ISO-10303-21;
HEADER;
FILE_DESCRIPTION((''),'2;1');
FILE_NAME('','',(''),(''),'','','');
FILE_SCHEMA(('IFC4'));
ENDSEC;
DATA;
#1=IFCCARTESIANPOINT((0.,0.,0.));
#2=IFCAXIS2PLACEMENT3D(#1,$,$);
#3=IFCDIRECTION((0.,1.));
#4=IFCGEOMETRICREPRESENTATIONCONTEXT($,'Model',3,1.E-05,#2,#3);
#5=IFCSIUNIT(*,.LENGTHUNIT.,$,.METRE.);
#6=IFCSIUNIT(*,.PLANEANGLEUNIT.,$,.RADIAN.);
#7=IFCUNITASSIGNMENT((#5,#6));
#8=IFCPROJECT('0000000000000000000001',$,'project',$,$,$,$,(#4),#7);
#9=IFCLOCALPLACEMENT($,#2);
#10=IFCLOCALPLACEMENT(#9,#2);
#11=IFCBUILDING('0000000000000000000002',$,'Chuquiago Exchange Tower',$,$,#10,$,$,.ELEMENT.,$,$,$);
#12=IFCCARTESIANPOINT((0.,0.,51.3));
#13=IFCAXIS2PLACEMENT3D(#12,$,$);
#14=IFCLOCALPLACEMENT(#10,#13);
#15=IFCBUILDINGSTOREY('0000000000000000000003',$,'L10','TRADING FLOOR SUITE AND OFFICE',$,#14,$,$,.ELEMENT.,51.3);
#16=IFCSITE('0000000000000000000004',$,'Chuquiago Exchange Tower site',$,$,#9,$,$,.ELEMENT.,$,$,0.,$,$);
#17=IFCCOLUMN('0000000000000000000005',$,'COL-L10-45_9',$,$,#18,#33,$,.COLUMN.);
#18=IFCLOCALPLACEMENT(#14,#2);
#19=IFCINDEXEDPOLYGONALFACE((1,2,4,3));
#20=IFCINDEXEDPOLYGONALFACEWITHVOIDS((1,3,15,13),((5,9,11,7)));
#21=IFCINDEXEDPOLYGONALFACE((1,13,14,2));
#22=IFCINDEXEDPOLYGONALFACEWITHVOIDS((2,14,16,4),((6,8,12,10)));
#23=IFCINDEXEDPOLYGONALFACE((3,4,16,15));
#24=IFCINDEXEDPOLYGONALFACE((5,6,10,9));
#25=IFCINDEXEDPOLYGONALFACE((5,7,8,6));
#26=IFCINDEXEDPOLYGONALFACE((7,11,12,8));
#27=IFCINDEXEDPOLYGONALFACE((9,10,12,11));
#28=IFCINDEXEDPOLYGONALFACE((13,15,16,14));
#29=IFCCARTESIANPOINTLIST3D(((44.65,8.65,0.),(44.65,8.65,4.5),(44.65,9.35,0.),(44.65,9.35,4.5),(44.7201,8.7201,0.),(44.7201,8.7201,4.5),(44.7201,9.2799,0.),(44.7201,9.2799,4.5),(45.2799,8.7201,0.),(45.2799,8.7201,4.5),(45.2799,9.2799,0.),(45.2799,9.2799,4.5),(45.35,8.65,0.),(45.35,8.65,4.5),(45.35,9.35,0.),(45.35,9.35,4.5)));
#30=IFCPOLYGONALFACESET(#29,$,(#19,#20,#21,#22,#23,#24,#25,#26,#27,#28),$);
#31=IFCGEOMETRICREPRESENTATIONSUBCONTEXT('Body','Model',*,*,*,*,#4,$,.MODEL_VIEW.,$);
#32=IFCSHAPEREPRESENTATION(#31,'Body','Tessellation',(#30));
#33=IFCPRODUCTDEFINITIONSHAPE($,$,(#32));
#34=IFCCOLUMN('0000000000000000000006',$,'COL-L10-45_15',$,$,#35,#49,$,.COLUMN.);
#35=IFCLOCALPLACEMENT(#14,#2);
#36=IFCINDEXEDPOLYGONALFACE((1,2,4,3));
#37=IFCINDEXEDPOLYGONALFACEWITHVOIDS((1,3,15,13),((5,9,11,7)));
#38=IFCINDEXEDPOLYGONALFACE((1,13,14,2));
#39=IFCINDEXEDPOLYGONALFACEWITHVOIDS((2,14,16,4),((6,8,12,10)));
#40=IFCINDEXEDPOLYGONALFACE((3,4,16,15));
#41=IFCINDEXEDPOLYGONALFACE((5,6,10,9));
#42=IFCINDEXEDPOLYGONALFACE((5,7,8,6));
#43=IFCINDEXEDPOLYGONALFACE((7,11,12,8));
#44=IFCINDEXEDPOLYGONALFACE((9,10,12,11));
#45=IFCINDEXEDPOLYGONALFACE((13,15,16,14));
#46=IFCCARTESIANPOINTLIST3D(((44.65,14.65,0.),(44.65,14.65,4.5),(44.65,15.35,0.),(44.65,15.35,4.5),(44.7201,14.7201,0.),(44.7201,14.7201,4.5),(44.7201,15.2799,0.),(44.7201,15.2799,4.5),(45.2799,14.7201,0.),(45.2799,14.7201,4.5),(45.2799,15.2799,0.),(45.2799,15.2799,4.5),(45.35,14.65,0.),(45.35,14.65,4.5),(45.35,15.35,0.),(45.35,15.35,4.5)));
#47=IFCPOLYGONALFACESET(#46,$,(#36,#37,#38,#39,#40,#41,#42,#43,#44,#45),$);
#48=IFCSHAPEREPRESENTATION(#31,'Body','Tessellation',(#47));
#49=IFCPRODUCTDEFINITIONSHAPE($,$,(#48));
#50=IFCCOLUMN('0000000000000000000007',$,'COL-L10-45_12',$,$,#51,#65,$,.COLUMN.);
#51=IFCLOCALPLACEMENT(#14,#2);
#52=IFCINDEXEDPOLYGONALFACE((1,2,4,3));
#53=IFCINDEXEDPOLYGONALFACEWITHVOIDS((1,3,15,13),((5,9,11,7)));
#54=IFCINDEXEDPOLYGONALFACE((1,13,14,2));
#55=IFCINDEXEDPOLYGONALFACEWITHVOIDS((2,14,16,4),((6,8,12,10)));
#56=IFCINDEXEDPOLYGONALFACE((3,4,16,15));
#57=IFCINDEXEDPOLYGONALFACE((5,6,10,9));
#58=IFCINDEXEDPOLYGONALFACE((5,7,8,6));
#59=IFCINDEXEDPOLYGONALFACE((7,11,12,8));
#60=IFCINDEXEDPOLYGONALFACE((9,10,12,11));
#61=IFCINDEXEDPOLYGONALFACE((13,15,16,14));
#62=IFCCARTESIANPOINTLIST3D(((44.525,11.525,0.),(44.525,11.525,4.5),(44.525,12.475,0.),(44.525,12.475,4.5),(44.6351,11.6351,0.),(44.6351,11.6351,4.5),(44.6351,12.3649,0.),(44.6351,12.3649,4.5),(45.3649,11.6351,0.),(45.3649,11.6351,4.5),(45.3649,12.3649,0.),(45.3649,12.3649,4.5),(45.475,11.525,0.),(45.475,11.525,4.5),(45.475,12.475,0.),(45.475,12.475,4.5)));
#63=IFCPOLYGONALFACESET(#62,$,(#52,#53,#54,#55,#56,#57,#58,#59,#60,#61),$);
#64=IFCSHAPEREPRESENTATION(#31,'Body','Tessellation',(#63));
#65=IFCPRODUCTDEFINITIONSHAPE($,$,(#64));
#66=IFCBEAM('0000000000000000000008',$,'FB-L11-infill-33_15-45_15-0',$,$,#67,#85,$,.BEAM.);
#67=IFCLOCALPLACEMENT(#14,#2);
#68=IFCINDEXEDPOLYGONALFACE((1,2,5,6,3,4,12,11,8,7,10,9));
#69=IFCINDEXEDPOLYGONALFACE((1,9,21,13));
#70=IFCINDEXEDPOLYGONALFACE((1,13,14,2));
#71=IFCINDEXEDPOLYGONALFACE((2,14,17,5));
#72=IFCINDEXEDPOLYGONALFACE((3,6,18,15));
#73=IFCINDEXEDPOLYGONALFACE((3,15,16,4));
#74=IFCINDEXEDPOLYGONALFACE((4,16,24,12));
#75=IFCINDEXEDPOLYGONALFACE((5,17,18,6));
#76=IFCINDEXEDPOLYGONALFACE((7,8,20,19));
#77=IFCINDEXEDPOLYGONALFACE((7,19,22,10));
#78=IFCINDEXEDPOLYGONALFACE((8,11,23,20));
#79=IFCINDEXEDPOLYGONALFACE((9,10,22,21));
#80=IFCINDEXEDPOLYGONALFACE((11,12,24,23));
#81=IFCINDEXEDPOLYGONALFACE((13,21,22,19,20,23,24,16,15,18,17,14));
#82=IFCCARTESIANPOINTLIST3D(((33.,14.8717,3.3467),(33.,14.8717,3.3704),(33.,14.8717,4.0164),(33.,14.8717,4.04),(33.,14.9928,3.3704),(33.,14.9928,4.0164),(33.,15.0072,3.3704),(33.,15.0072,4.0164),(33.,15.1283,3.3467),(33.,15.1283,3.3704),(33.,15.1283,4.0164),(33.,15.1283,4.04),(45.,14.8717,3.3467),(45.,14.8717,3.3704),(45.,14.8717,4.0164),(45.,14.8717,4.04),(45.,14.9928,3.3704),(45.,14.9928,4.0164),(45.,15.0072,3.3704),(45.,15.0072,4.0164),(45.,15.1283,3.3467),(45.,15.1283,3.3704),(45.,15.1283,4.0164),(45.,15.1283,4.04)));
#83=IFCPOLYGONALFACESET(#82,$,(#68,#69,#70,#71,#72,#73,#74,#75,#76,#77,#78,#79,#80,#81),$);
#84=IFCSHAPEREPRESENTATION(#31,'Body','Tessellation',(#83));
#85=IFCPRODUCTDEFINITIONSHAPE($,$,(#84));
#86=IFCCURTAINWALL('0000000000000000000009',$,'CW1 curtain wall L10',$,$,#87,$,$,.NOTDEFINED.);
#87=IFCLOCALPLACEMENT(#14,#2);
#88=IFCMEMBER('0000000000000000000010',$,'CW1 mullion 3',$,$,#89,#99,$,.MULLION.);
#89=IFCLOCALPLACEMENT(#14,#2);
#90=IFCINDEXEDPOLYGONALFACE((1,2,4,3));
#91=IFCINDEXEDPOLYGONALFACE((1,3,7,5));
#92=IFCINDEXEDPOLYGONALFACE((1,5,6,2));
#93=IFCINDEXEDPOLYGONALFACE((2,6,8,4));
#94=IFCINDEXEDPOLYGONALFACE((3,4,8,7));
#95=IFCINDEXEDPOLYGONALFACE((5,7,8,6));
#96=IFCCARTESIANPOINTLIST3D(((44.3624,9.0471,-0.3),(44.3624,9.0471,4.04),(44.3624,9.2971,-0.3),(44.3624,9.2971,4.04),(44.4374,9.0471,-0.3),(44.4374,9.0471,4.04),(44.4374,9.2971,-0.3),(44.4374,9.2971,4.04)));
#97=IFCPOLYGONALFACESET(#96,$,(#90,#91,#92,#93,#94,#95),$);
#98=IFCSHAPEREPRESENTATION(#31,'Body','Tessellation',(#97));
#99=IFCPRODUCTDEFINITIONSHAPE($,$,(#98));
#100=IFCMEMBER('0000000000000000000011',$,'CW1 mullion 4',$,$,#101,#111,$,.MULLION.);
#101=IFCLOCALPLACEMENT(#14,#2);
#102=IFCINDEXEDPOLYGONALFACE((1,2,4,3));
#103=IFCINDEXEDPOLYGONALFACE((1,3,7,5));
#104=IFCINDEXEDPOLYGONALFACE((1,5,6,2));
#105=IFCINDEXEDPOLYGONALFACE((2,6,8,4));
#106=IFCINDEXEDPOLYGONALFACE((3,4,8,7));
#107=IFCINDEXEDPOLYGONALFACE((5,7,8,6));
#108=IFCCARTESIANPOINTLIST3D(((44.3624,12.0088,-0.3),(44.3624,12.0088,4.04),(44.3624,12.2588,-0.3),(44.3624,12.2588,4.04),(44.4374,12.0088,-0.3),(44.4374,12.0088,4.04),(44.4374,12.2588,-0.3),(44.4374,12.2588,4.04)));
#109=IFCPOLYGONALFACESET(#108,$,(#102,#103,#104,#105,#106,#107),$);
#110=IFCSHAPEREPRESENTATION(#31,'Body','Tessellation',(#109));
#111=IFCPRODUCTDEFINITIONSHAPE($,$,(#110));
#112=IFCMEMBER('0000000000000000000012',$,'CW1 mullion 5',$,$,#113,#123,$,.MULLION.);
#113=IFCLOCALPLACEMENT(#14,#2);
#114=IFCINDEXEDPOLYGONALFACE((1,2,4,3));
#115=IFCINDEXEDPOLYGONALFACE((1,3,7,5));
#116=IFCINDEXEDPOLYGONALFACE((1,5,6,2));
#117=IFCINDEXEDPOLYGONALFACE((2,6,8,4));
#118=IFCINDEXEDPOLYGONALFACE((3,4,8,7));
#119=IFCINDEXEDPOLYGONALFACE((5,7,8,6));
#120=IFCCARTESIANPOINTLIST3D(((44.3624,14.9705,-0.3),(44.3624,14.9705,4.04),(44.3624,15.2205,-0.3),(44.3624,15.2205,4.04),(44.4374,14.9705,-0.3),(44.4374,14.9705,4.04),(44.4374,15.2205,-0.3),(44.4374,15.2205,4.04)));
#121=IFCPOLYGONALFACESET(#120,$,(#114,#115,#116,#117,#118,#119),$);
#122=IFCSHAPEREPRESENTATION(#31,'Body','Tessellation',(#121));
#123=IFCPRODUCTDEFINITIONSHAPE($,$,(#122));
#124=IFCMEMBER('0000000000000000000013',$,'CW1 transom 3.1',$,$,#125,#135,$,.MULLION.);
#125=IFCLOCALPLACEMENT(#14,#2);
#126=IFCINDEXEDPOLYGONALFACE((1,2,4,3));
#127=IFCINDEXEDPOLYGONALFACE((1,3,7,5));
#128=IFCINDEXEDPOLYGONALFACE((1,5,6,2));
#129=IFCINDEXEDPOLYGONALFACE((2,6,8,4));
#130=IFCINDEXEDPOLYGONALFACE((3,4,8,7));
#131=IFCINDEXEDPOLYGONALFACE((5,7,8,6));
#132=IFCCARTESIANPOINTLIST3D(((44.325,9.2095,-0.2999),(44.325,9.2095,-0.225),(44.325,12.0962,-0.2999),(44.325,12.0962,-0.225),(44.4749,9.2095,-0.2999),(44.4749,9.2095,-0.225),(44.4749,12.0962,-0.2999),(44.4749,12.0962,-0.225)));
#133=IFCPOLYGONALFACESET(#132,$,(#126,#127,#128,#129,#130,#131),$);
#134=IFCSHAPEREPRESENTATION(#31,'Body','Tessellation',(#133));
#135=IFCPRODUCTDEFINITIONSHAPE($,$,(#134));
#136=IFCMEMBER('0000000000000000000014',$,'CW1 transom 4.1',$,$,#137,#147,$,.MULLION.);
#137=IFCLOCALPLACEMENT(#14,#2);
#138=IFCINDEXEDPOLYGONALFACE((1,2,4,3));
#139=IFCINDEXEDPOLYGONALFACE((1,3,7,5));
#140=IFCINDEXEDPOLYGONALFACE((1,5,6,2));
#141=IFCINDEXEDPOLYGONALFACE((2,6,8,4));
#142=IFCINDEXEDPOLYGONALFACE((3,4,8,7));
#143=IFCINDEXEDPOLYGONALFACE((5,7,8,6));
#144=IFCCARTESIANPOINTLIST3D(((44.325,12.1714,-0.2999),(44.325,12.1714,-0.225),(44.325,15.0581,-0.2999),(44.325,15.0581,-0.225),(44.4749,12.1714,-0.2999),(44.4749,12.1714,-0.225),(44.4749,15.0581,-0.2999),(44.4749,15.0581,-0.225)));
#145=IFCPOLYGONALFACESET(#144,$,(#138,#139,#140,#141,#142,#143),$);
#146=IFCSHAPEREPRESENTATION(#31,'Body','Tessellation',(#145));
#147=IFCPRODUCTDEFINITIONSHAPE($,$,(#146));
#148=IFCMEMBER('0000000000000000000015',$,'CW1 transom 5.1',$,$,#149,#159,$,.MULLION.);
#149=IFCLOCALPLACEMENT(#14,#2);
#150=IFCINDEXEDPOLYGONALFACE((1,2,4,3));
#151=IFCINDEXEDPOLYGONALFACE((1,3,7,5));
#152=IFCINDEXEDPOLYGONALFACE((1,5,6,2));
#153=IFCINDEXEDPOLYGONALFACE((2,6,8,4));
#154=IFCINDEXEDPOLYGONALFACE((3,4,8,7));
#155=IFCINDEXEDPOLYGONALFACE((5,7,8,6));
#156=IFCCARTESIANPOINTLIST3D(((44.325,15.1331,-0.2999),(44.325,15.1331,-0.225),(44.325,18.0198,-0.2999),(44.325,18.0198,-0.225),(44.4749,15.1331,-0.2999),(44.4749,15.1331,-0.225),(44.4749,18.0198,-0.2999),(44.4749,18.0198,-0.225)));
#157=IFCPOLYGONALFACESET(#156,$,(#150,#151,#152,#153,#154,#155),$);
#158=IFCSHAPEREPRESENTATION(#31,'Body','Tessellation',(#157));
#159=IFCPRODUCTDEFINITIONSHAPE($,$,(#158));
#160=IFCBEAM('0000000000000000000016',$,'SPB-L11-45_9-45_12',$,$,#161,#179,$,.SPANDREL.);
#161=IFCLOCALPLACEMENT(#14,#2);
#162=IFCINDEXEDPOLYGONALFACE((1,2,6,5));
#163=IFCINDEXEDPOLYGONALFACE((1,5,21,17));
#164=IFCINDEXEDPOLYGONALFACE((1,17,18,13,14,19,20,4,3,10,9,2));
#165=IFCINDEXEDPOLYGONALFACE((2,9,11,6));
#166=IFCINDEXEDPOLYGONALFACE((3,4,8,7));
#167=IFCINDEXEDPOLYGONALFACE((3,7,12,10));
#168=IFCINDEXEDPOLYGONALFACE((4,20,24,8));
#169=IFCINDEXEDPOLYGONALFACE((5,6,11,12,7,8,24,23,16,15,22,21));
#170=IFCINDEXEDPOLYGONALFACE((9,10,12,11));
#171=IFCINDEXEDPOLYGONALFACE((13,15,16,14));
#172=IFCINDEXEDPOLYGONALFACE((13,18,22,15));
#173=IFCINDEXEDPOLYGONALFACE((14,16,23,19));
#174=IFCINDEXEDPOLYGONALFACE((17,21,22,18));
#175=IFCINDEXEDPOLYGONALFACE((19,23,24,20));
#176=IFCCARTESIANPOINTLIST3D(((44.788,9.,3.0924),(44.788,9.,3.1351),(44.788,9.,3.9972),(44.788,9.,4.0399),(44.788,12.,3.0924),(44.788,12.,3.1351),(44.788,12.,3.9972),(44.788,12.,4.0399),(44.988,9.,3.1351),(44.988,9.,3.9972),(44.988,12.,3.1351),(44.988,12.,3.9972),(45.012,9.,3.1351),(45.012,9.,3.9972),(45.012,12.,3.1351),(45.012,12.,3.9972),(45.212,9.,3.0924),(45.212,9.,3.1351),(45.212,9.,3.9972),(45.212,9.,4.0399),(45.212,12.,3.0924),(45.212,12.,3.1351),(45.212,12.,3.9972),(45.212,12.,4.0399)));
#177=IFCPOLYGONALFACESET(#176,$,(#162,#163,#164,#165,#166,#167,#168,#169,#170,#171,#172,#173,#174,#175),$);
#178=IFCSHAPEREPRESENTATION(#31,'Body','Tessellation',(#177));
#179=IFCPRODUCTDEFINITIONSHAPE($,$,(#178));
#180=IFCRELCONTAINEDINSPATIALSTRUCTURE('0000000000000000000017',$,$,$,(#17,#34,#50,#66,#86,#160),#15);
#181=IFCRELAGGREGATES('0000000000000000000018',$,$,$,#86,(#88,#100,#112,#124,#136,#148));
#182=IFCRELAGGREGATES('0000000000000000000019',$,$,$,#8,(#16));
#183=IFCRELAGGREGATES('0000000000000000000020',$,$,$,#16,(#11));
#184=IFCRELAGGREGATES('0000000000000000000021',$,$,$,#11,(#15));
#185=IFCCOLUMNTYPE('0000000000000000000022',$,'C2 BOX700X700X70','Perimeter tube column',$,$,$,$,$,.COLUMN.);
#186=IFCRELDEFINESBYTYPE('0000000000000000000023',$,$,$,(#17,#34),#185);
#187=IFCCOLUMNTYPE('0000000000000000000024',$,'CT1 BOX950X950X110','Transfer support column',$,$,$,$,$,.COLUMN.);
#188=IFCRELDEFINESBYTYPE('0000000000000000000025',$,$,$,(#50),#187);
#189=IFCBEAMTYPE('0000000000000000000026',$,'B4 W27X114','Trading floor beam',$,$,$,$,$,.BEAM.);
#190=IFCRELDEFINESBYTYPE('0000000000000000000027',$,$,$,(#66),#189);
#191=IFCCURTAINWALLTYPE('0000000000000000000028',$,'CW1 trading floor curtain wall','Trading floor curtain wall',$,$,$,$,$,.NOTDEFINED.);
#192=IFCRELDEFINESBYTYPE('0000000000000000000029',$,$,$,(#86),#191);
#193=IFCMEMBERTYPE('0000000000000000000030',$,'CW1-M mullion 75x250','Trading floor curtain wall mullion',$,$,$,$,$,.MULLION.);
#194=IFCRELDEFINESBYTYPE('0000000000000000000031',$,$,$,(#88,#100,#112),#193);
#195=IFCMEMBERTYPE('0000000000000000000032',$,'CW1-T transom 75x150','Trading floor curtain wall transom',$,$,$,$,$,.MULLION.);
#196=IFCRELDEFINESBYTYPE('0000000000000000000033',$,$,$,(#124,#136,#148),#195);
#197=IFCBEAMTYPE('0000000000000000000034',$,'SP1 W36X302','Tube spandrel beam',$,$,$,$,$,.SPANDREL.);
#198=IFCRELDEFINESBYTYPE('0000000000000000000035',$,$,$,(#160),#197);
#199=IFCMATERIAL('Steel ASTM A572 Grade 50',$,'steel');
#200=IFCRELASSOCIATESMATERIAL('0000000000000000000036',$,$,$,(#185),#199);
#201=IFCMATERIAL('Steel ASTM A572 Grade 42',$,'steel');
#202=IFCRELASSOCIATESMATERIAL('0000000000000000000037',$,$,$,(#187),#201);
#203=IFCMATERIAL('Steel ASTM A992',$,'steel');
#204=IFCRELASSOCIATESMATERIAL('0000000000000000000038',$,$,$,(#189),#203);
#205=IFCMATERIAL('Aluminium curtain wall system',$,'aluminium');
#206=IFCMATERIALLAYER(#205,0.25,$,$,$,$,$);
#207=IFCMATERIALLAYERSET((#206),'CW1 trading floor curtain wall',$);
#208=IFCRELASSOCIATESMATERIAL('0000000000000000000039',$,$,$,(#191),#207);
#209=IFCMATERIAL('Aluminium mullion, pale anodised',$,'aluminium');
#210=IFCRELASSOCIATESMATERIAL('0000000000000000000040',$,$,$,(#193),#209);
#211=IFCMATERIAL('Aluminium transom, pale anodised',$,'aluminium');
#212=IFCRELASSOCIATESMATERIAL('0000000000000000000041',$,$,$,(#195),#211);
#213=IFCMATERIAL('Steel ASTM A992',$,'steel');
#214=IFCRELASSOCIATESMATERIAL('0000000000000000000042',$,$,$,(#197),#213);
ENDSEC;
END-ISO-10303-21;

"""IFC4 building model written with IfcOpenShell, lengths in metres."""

from ifc_helpers import new_model, si_unit, direction, frame, origin, origin_2d, place, context, subcontext, project, spatial, rectangle, hollow_rectangle, i_section, extrude, material, layer, layer_set, material_profile, profile_set, type_object, element, aggregate, save


model = new_model("IFC4")

# Units and contexts
model_context = context("Model", 3, precision=1e-05, world=origin(), true_north=direction((0.0, 1.0)))
body_context = subcontext(model_context, "Body", "Model", "MODEL_VIEW")
ifc_project = project(units=[si_unit("LENGTHUNIT", "METRE"), si_unit("PLANEANGLEUNIT", "RADIAN")], contexts=[model_context])

# Site, building, storey
site_placement = place(None, origin())
site = spatial("IfcSite", under=ifc_project, at=site_placement, Name="Chuquiago Exchange Tower site", CompositionType="ELEMENT", RefElevation=0.0)
building_placement = place(site_placement, origin())
building = spatial("IfcBuilding", under=site, at=building_placement, Name="Chuquiago Exchange Tower", CompositionType="ELEMENT")
storey_placement = place(building_placement, frame((0.0, 0.0, 51.3)))
storey = spatial("IfcBuildingStorey", under=building, at=storey_placement, Name="L10", Description="TRADING FLOOR SUITE AND OFFICE", CompositionType="ELEMENT", Elevation=51.3)

# Columns
ifc_material_1 = material(Name="Steel ASTM A572 Grade 50", Category="steel")
ifc_material_profile_1 = material_profile(ifc_material_1, hollow_rectangle(XDim=0.7, YDim=0.7, WallThickness=0.0701, at=origin_2d()), Name="BOX700X700X70")
ifc_profile_set_1 = profile_set([ifc_material_profile_1], Name="Steel ASTM A572 Grade 50")
column_type_1 = type_object("IfcColumnType", Name="C2 BOX700X700X70", Description="Perimeter tube column", PredefinedType="COLUMN", material=ifc_profile_set_1)
for number, where, z_axis, x_axis, name in (
    (1, (45.0, 9.0, 0.0), (0.0, 0.0, 1.0), (1.0, 0.0, 0.0), "COL-L10-45_9"),
    (2, (45.0, 15.0, 0.0), (0.0, 0.0, 1.0), (1.0, 0.0, 0.0), "COL-L10-45_15"),
):
    element("IfcColumn", number, at=place(storey_placement, frame(where, z_axis=z_axis, x_axis=x_axis)), inside=storey, type_object=column_type_1, Name=name, PredefinedType="COLUMN", context=body_context, shape_type="SweptSolid", body=[
        extrude(hollow_rectangle(XDim=0.7, YDim=0.7, WallThickness=0.0701, at=origin_2d()), origin(), (0.0, 0.0, 1.0), 4.5),
    ])
ifc_material_2 = material(Name="Steel ASTM A572 Grade 42", Category="steel")
ifc_material_profile_2 = material_profile(ifc_material_2, hollow_rectangle(XDim=0.95, YDim=0.95, WallThickness=0.1101, at=origin_2d()), Name="BOX950X950X110")
ifc_profile_set_2 = profile_set([ifc_material_profile_2], Name="Steel ASTM A572 Grade 42")
column_type_2 = type_object("IfcColumnType", Name="CT1 BOX950X950X110", Description="Transfer support column", PredefinedType="COLUMN", material=ifc_profile_set_2)
column_placement = place(storey_placement, frame((45.0, 12.0, 0.0), z_axis=(0.0, 0.0, 1.0), x_axis=(1.0, 0.0, 0.0)))
element("IfcColumn", 3, at=column_placement, inside=storey, type_object=column_type_2, Name="COL-L10-45_12", PredefinedType="COLUMN", context=body_context, shape_type="SweptSolid", body=[
    extrude(hollow_rectangle(XDim=0.95, YDim=0.95, WallThickness=0.1101, at=origin_2d()), origin(), (0.0, 0.0, 1.0), 4.5),
])

# Beam
ifc_material_3 = material(Name="Steel ASTM A992", Category="steel")
ifc_material_profile_3 = material_profile(ifc_material_3, i_section(OverallWidth=0.2566, OverallDepth=0.6934, WebThickness=0.0144, FlangeThickness=0.0237, at=origin_2d()), Name="W27X114")
ifc_profile_set_3 = profile_set([ifc_material_profile_3], Name="Steel ASTM A992")
beam_type_1 = type_object("IfcBeamType", Name="B4 W27X114", Description="Trading floor beam", PredefinedType="BEAM", material=ifc_profile_set_3)
beam_placement = place(storey_placement, frame((33.0, 15.0, 3.6934), z_axis=(1.0, 0.0, 0.0), x_axis=(0.0, 1.0, 0.0)))
element("IfcBeam", 4, at=beam_placement, inside=storey, type_object=beam_type_1, Name="FB-L11-infill-33_15-45_15-0", PredefinedType="BEAM", context=body_context, shape_type="SweptSolid", body=[
    extrude(i_section(OverallWidth=0.2566, OverallDepth=0.6934, WebThickness=0.0144, FlangeThickness=0.0237, at=origin_2d()), origin(), (0.0, 0.0, 1.0), 12.0),
])

# Curtain wall, members
ifc_material_4 = material(Name="Aluminium curtain wall system", Category="aluminium")
ifc_layer_1 = layer(ifc_material_4, 0.25)
ifc_layer_set_1 = layer_set([ifc_layer_1], Name="CW1 trading floor curtain wall")
curtain_wall_type = type_object("IfcCurtainWallType", Name="CW1 trading floor curtain wall", Description="Trading floor curtain wall", PredefinedType="NOTDEFINED", material=ifc_layer_set_1)
curtain_wall_placement = place(storey_placement, origin())
curtain_wall = element("IfcCurtainWall", 5, at=curtain_wall_placement, inside=storey, type_object=curtain_wall_type, Name="CW1 curtain wall L10", PredefinedType="NOTDEFINED")
ifc_material_5 = material(Name="Aluminium mullion, pale anodised", Category="aluminium")
ifc_material_profile_4 = material_profile(ifc_material_5, rectangle(XDim=0.075, YDim=0.25, at=origin_2d()), Name="AL 75x250")
ifc_profile_set_4 = profile_set([ifc_material_profile_4], Name="Aluminium mullion, pale anodised")
member_type_1 = type_object("IfcMemberType", Name="CW1-M mullion 75x250", Description="Trading floor curtain wall mullion", PredefinedType="MULLION", material=ifc_profile_set_4)
member_1_placement = place(storey_placement, frame((44.3999, 9.1721, -0.3), z_axis=(0.0, 0.0, 1.0), x_axis=(-1.0, 0.0, 0.0)))
member_1 = element("IfcMember", 6, at=member_1_placement, type_object=member_type_1, Name="CW1 mullion 3", PredefinedType="MULLION", context=body_context, shape_type="SweptSolid", body=[
    extrude(rectangle(XDim=0.075, YDim=0.25, at=origin_2d()), origin(), (0.0, 0.0, 1.0), 4.3401),
])
member_2_placement = place(storey_placement, frame((44.3999, 12.1338, -0.3), z_axis=(0.0, 0.0, 1.0), x_axis=(-1.0, 0.0, 0.0)))
member_2 = element("IfcMember", 7, at=member_2_placement, type_object=member_type_1, Name="CW1 mullion 4", PredefinedType="MULLION", context=body_context, shape_type="SweptSolid", body=[
    extrude(rectangle(XDim=0.075, YDim=0.25, at=origin_2d()), origin(), (0.0, 0.0, 1.0), 4.3401),
])
member_3_placement = place(storey_placement, frame((44.3999, 15.0955, -0.3), z_axis=(0.0, 0.0, 1.0), x_axis=(-1.0, 0.0, 0.0)))
member_3 = element("IfcMember", 8, at=member_3_placement, type_object=member_type_1, Name="CW1 mullion 5", PredefinedType="MULLION", context=body_context, shape_type="SweptSolid", body=[
    extrude(rectangle(XDim=0.075, YDim=0.25, at=origin_2d()), origin(), (0.0, 0.0, 1.0), 4.3401),
])
ifc_material_6 = material(Name="Aluminium transom, pale anodised", Category="aluminium")
ifc_material_profile_5 = material_profile(ifc_material_6, rectangle(XDim=0.1499, YDim=0.075, at=origin_2d()), Name="AL 150x75")
ifc_profile_set_5 = profile_set([ifc_material_profile_5], Name="Aluminium transom, pale anodised")
member_type_2 = type_object("IfcMemberType", Name="CW1-T transom 75x150", Description="Trading floor curtain wall transom", PredefinedType="MULLION", material=ifc_profile_set_5)
member_4_placement = place(storey_placement, frame((44.3999, 9.2095, -0.2625), z_axis=(0.0, 1.0, 0.0), x_axis=(-1.0, 0.0, 0.0)))
member_4 = element("IfcMember", 9, at=member_4_placement, type_object=member_type_2, Name="CW1 transom 3.1", PredefinedType="MULLION", context=body_context, shape_type="SweptSolid", body=[
    extrude(rectangle(XDim=0.1499, YDim=0.075, at=origin_2d()), origin(), (0.0, 0.0, 1.0), 2.8867),
])
member_5_placement = place(storey_placement, frame((44.3999, 12.1714, -0.2625), z_axis=(0.0, 1.0, 0.0), x_axis=(-1.0, 0.0, 0.0)))
member_5 = element("IfcMember", 10, at=member_5_placement, type_object=member_type_2, Name="CW1 transom 4.1", PredefinedType="MULLION", context=body_context, shape_type="SweptSolid", body=[
    extrude(rectangle(XDim=0.1499, YDim=0.075, at=origin_2d()), origin(), (0.0, 0.0, 1.0), 2.8867),
])
member_6_placement = place(storey_placement, frame((44.3999, 15.1331, -0.2625), z_axis=(0.0, 1.0, 0.0), x_axis=(-1.0, 0.0, 0.0)))
member_6 = element("IfcMember", 11, at=member_6_placement, type_object=member_type_2, Name="CW1 transom 5.1", PredefinedType="MULLION", context=body_context, shape_type="SweptSolid", body=[
    extrude(rectangle(XDim=0.1499, YDim=0.075, at=origin_2d()), origin(), (0.0, 0.0, 1.0), 2.8867),
])

# Beam
ifc_material_7 = material(Name="Steel ASTM A992", Category="steel")
ifc_material_profile_6 = material_profile(ifc_material_7, i_section(OverallWidth=0.4241, OverallDepth=0.9475, WebThickness=0.0239, FlangeThickness=0.0427, at=origin_2d()), Name="W36X302")
ifc_profile_set_6 = profile_set([ifc_material_profile_6], Name="Steel ASTM A992")
beam_type_2 = type_object("IfcBeamType", Name="SP1 W36X302", Description="Tube spandrel beam", PredefinedType="SPANDREL", material=ifc_profile_set_6)
for number, where, z_axis, x_axis, name in (
    (12, (45.0, 9.0, 3.5662), (0.0, 1.0, 0.0), (-1.0, 0.0, 0.0), "SPB-L11-45_9-45_12"),
):
    element("IfcBeam", number, at=place(storey_placement, frame(where, z_axis=z_axis, x_axis=x_axis)), inside=storey, type_object=beam_type_2, Name=name, PredefinedType="SPANDREL", context=body_context, shape_type="SweptSolid", body=[
        extrude(i_section(OverallWidth=0.4241, OverallDepth=0.9475, WebThickness=0.0239, FlangeThickness=0.0427, at=origin_2d()), origin(), (0.0, 0.0, 1.0), 3.0),
    ])

aggregate(curtain_wall, [member_1, member_2, member_3, member_4, member_5, member_6])

save(model, "model.ifc")
